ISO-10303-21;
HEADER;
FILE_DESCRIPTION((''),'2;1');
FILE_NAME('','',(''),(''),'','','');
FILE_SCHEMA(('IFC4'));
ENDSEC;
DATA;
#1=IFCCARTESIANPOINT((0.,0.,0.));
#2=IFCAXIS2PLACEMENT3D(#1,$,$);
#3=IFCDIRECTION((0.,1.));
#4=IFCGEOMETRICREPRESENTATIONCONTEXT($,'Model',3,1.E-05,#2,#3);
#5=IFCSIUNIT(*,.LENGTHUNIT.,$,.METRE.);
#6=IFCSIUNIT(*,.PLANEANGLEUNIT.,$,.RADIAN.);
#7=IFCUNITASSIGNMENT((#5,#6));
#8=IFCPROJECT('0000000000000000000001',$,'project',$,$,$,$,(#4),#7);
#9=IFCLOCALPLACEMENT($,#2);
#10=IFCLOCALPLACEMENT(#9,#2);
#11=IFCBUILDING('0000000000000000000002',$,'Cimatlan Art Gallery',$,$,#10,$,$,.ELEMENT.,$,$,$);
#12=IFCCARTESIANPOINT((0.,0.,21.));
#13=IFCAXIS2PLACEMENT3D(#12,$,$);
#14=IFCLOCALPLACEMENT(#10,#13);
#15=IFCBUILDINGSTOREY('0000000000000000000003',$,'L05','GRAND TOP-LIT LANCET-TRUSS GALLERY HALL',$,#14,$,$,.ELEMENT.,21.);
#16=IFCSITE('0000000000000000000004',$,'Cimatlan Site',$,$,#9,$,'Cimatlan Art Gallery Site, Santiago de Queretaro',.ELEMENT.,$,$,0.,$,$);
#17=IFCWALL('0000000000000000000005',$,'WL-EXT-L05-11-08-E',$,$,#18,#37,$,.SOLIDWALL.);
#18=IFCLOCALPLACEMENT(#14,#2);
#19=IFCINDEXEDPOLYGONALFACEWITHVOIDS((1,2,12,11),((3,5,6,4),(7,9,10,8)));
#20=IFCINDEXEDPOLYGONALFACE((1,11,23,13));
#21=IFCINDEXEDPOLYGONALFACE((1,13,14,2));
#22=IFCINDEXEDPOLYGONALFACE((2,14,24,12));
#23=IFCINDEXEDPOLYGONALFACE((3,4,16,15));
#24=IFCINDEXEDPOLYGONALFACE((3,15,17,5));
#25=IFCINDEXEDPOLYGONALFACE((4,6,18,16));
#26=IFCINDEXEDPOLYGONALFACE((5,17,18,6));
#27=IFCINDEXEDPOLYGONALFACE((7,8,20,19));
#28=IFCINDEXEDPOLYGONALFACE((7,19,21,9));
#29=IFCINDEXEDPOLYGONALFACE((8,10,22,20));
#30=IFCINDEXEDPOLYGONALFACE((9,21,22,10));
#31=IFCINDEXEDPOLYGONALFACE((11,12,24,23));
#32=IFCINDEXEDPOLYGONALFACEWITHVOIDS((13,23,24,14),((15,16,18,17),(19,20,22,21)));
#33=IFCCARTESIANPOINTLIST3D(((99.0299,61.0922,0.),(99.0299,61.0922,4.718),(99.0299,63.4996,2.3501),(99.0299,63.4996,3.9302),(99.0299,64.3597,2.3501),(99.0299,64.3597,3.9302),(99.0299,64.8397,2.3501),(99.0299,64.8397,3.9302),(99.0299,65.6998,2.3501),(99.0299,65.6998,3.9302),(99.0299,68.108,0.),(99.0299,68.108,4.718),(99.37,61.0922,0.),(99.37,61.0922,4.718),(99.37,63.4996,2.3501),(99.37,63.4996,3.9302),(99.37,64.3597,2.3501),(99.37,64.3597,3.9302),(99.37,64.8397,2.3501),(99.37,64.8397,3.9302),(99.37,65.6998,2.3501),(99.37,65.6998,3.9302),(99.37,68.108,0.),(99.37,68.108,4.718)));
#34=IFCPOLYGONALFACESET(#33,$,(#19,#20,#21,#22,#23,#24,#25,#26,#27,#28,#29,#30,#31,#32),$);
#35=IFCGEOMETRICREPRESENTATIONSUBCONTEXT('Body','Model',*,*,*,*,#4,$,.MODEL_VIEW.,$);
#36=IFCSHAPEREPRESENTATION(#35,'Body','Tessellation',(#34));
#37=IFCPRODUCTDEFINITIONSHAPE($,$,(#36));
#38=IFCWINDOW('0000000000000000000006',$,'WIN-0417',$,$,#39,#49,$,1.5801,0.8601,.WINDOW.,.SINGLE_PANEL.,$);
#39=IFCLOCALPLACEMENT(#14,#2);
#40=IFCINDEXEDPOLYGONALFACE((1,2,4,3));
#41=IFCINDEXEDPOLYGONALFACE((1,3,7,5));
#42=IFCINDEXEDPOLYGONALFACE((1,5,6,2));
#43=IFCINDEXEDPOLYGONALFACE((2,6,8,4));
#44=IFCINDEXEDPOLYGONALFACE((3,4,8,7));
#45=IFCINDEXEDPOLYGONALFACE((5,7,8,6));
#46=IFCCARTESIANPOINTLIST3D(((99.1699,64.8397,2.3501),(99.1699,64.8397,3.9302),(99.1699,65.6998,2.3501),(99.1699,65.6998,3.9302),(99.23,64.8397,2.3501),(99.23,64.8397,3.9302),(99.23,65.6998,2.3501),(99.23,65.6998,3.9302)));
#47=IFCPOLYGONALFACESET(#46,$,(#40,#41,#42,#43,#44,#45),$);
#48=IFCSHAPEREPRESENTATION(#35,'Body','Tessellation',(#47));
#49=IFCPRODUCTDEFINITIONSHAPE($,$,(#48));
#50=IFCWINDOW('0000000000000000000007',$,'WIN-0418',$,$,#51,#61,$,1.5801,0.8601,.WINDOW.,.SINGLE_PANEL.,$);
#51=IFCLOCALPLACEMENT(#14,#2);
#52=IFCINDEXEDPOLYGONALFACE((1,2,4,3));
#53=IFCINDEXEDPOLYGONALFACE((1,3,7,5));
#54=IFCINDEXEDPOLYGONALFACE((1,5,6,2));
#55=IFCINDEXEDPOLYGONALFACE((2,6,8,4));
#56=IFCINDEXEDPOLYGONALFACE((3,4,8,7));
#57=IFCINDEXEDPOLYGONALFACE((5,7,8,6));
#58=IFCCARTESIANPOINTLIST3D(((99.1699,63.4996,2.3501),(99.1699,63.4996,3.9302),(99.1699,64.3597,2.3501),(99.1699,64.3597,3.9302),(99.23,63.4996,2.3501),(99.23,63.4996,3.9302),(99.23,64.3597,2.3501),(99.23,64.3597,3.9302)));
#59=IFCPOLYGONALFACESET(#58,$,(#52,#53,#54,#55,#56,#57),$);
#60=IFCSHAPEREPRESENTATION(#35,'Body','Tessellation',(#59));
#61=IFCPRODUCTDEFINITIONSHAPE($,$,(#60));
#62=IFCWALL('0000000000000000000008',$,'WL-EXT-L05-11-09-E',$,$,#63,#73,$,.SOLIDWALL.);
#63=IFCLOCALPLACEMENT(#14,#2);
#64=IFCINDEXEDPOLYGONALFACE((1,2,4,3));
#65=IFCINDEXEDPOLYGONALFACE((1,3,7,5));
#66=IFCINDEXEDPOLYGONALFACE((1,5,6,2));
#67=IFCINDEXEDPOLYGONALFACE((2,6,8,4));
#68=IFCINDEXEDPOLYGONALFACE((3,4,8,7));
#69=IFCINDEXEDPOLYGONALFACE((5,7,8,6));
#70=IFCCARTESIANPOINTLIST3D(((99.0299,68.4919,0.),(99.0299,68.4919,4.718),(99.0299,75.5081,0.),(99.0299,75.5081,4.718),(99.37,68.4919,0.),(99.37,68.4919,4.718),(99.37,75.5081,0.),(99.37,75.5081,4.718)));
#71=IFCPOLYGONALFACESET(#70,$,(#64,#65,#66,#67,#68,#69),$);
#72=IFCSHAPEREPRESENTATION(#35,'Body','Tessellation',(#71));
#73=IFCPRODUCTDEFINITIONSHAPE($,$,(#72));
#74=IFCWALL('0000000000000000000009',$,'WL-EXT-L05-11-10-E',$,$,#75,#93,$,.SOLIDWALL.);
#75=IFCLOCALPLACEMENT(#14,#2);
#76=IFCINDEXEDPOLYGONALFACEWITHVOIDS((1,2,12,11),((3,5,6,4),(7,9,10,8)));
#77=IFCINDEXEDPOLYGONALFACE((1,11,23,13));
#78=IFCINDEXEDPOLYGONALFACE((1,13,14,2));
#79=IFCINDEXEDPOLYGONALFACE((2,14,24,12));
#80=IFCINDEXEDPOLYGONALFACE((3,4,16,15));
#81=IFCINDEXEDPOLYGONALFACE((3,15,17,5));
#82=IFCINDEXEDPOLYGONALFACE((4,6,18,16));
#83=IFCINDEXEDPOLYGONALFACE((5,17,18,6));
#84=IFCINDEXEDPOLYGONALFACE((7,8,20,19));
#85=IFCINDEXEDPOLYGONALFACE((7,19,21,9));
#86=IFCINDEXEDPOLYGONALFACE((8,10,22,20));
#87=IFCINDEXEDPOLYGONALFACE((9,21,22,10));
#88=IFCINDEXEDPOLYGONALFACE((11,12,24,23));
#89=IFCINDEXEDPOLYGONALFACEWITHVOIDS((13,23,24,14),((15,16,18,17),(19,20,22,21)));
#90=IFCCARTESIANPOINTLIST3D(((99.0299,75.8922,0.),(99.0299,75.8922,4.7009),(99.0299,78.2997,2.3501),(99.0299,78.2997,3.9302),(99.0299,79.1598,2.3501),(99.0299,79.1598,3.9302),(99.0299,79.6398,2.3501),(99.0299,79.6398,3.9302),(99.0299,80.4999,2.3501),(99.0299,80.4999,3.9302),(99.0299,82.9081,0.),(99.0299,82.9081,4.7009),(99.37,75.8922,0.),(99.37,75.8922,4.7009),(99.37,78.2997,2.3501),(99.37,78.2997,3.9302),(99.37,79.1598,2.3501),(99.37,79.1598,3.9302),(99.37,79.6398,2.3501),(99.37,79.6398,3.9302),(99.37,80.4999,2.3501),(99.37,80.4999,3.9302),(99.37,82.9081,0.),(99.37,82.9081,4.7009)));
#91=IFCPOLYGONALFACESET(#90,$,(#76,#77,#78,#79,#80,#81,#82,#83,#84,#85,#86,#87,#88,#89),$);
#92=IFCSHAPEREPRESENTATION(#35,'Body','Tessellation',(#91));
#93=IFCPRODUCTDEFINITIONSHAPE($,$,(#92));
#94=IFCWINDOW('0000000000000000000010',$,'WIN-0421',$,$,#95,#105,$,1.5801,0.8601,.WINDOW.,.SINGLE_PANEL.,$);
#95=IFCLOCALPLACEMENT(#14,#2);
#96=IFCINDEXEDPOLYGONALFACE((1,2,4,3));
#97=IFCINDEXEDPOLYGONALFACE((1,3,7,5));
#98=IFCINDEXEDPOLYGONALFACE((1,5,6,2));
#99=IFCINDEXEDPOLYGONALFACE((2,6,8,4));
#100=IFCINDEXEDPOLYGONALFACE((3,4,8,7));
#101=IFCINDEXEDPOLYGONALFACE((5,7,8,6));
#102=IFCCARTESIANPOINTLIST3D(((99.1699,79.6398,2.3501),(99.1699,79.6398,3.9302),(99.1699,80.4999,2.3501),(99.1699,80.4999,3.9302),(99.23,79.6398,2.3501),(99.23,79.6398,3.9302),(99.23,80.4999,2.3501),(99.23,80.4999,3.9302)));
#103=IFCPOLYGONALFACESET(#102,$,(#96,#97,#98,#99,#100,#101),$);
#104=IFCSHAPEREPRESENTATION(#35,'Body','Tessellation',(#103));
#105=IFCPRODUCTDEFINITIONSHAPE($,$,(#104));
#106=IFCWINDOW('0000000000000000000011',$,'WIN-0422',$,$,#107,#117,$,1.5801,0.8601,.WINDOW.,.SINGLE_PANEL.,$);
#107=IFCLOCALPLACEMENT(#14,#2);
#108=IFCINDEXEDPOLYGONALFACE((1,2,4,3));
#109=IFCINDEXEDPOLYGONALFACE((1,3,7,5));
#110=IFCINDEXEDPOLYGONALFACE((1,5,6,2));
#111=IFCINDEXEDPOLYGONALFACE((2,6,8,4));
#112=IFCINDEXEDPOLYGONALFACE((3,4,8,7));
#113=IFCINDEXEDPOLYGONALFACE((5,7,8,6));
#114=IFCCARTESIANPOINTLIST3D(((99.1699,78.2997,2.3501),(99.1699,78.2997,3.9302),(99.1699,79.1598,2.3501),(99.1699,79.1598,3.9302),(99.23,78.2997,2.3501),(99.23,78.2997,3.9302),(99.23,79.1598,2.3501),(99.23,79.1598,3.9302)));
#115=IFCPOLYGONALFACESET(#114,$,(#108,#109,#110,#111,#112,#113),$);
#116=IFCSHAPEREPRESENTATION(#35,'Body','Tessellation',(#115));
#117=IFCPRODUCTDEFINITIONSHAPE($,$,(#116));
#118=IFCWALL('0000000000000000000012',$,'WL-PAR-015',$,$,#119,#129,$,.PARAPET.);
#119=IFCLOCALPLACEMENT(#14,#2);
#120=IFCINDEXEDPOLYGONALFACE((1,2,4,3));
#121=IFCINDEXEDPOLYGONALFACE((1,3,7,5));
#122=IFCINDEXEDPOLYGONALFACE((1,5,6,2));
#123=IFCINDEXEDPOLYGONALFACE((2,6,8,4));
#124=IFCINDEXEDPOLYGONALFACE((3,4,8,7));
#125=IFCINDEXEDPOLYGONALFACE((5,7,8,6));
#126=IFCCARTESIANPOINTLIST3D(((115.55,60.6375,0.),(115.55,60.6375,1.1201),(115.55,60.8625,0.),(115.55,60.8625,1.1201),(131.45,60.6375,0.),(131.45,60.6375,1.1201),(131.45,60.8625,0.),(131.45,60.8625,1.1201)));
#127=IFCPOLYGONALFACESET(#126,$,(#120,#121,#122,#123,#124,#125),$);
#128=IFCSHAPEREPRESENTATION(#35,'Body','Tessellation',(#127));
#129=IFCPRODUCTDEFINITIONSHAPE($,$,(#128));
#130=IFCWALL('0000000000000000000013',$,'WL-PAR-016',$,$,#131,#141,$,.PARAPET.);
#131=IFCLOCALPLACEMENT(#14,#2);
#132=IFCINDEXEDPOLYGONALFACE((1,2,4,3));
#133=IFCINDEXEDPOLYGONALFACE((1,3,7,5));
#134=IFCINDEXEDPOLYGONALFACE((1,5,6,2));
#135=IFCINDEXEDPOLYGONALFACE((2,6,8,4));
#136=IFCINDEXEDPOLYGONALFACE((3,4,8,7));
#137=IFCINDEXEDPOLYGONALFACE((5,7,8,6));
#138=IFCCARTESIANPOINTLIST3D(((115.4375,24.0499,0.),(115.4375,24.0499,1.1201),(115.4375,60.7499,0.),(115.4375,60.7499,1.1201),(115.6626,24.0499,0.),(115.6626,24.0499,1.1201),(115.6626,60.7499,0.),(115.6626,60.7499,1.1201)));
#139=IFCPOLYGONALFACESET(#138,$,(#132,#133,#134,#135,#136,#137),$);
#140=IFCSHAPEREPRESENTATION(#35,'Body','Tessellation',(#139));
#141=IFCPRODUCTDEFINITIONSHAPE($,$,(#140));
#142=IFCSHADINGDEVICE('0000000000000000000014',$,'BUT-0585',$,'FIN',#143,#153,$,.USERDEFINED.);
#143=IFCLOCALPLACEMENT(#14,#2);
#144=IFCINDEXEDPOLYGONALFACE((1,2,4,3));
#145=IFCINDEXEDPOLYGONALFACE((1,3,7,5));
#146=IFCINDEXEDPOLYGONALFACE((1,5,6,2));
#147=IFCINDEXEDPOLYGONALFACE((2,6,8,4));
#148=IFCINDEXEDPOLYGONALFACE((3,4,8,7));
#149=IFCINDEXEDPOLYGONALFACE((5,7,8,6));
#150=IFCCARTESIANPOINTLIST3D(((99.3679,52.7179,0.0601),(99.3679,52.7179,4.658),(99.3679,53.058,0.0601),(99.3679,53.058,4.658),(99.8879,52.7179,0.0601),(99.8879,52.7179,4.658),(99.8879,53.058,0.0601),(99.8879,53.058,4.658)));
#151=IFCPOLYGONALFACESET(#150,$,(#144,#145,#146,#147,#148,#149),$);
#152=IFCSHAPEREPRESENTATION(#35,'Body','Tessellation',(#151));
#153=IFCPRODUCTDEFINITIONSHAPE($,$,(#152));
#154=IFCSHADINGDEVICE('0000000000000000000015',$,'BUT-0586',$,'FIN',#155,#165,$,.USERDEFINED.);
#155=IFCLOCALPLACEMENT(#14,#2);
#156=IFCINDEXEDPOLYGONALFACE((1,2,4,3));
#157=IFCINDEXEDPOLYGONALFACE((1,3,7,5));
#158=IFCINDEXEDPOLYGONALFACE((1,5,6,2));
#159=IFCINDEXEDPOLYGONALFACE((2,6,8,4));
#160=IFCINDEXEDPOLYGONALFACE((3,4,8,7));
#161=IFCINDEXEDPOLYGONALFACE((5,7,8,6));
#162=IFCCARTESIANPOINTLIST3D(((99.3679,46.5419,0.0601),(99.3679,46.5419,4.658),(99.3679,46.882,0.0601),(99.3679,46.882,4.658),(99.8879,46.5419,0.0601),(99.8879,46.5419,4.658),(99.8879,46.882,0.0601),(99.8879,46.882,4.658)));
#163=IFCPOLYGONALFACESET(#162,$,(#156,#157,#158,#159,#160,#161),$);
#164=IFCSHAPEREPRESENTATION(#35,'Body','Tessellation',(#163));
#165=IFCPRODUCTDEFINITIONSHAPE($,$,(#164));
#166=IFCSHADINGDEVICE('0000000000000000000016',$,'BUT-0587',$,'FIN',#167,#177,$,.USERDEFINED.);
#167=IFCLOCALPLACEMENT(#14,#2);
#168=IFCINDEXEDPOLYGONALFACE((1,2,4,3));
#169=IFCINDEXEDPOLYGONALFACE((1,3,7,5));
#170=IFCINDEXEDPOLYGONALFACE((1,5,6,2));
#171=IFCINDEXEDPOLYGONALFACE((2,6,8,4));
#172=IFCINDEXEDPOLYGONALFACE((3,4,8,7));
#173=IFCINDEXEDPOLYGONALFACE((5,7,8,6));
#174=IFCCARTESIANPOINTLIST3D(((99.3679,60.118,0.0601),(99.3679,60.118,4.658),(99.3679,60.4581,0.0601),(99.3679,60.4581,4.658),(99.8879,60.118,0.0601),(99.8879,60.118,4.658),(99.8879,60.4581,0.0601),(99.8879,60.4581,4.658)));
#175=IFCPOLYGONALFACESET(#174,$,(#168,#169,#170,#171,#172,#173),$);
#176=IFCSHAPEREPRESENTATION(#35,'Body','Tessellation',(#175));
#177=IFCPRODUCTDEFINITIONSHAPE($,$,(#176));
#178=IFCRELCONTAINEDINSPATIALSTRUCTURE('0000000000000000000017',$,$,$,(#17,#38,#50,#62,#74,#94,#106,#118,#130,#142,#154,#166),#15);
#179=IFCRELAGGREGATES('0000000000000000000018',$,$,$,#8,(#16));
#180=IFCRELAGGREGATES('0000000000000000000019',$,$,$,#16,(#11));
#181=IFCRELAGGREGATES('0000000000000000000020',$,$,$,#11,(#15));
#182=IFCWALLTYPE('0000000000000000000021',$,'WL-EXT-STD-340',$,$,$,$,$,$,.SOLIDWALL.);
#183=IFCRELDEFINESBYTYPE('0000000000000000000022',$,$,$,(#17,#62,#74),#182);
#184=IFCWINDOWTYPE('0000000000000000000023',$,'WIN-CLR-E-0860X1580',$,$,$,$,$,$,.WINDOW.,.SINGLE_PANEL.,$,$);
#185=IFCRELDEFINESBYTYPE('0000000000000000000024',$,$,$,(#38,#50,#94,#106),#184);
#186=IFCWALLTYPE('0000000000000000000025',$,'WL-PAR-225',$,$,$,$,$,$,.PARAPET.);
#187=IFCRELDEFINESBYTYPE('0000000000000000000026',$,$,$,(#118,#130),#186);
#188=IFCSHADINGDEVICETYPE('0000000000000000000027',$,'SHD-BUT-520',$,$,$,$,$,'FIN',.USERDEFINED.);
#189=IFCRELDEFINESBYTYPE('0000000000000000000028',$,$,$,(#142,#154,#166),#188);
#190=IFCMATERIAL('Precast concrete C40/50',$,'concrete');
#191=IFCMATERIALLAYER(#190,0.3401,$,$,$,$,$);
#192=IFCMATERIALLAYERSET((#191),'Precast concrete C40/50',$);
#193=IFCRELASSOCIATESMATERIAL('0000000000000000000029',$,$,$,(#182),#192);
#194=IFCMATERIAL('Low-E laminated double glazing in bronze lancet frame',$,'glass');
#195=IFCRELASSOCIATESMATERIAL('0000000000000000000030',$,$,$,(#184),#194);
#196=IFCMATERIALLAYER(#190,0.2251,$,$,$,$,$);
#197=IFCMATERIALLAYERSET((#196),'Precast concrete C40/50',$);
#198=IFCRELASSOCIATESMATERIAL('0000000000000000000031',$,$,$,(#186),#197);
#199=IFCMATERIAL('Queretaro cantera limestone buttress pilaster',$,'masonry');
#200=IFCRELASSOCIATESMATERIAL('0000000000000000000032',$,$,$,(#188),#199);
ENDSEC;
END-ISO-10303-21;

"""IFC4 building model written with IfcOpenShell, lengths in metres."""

from ifc_helpers import new_model, si_unit, direction, frame, frame_2d, origin, origin_2d, place, context, subcontext, project, spatial, rectangle, extrude, material, layer, layer_set, type_object, element, fill, save


model = new_model("IFC4")

# Units and contexts
model_context = context("Model", 3, precision=1e-05, world=origin(), true_north=direction((0.0, 1.0)))
body_context = subcontext(model_context, "Body", "Model", "MODEL_VIEW")
ifc_project = project(units=[si_unit("LENGTHUNIT", "METRE"), si_unit("PLANEANGLEUNIT", "RADIAN")], contexts=[model_context])

# Site, building, storey
site_placement = place(None, origin())
site = spatial("IfcSite", under=ifc_project, at=site_placement, Name="Cimatlan Site", LongName="Cimatlan Art Gallery Site, Santiago de Queretaro", CompositionType="ELEMENT", RefElevation=0.0)
building_placement = place(site_placement, origin())
building = spatial("IfcBuilding", under=site, at=building_placement, Name="Cimatlan Art Gallery", CompositionType="ELEMENT")
storey_placement = place(building_placement, frame((0.0, 0.0, 21.0)))
storey = spatial("IfcBuildingStorey", under=building, at=storey_placement, Name="L05", Description="GRAND TOP-LIT LANCET-TRUSS GALLERY HALL", CompositionType="ELEMENT", Elevation=21.0)

# Wall, openings, windows
ifc_material_1 = material(Name="Precast concrete C40/50", Category="concrete")
ifc_layer_1 = layer(ifc_material_1, 0.3401)
ifc_layer_set_1 = layer_set([ifc_layer_1], Name="Precast concrete C40/50")
wall_type_1 = type_object("IfcWallType", Name="WL-EXT-STD-340", PredefinedType="SOLIDWALL", material=ifc_layer_set_1)
wall_1_placement = place(storey_placement, frame((99.2, 68.1079, 0.0), z_axis=(0.0, 0.0, 1.0), x_axis=(0.0, -1.0, 0.0)))
wall_1 = element("IfcWall", 1, at=wall_1_placement, inside=storey, type_object=wall_type_1, Name="WL-EXT-L05-11-08-E", PredefinedType="SOLIDWALL", context=body_context, shape_type="SweptSolid", body=[
    extrude(rectangle(XDim=7.0159, YDim=0.3401, at=frame_2d((3.5078, 0.0))), origin(), (0.0, 0.0, 1.0), 4.718),
])
opening_1_placement = place(wall_1_placement, frame((2.408, 0.0, 2.3501)))
opening_1 = element("IfcOpeningElement", 2, at=opening_1_placement, cuts=wall_1, PredefinedType="OPENING", context=body_context, shape_type="SweptSolid", body=[
    extrude(rectangle(XDim=0.8601, YDim=1.5801, at=frame_2d((0.4302, 0.79))), frame((0.0, 0.1802, 0.0), z_axis=(0.0, -1.0, 0.0), x_axis=(1.0, 0.0, 0.0)), (0.0, 0.0, 1.0), 0.3601),
])
opening_2_placement = place(wall_1_placement, frame((3.748, 0.0, 2.3501)))
opening_2 = element("IfcOpeningElement", 3, at=opening_2_placement, cuts=wall_1, PredefinedType="OPENING", context=body_context, shape_type="SweptSolid", body=[
    extrude(rectangle(XDim=0.8601, YDim=1.5801, at=frame_2d((0.4302, 0.79))), frame((0.0, 0.1802, 0.0), z_axis=(0.0, -1.0, 0.0), x_axis=(1.0, 0.0, 0.0)), (0.0, 0.0, 1.0), 0.3601),
])
ifc_material_2 = material(Name="Low-E laminated double glazing in bronze lancet frame", Category="glass")
window_type = type_object("IfcWindowType", Name="WIN-CLR-E-0860X1580", PartitioningType="SINGLE_PANEL", PredefinedType="WINDOW", material=ifc_material_2)
window_1_placement = place(opening_1_placement, origin())
window_1 = element("IfcWindow", 4, at=window_1_placement, inside=storey, type_object=window_type, Name="WIN-0417", OverallHeight=1.5801, OverallWidth=0.8601, PartitioningType="SINGLE_PANEL", PredefinedType="WINDOW", context=body_context, shape_type="SweptSolid", body=[
    extrude(rectangle(XDim=0.8601, YDim=1.5801, at=frame_2d((0.4302, 0.79))), frame((0.0, 0.03, 0.0), z_axis=(0.0, -1.0, 0.0), x_axis=(1.0, 0.0, 0.0)), (0.0, 0.0, 1.0), 0.0601),
])
fill(opening_1, window_1)
window_2_placement = place(opening_2_placement, origin())
window_2 = element("IfcWindow", 5, at=window_2_placement, inside=storey, type_object=window_type, Name="WIN-0418", OverallHeight=1.5801, OverallWidth=0.8601, PartitioningType="SINGLE_PANEL", PredefinedType="WINDOW", context=body_context, shape_type="SweptSolid", body=[
    extrude(rectangle(XDim=0.8601, YDim=1.5801, at=frame_2d((0.4302, 0.79))), frame((0.0, 0.03, 0.0), z_axis=(0.0, -1.0, 0.0), x_axis=(1.0, 0.0, 0.0)), (0.0, 0.0, 1.0), 0.0601),
])
fill(opening_2, window_2)

# Wall
wall_2_placement = place(storey_placement, frame((99.2, 75.5081, 0.0), z_axis=(0.0, 0.0, 1.0), x_axis=(0.0, -1.0, 0.0)))
element("IfcWall", 6, at=wall_2_placement, inside=storey, type_object=wall_type_1, Name="WL-EXT-L05-11-09-E", PredefinedType="SOLIDWALL", context=body_context, shape_type="SweptSolid", body=[
    extrude(rectangle(XDim=7.0161, YDim=0.3401, at=frame_2d((3.5081, 0.0))), origin(), (0.0, 0.0, 1.0), 4.718),
])

# Wall, openings, windows
wall_3_placement = place(storey_placement, frame((99.2, 82.908, 0.0), z_axis=(0.0, 0.0, 1.0), x_axis=(0.0, -1.0, 0.0)))
wall_3 = element("IfcWall", 7, at=wall_3_placement, inside=storey, type_object=wall_type_1, Name="WL-EXT-L05-11-10-E", PredefinedType="SOLIDWALL", context=body_context, shape_type="SweptSolid", body=[
    extrude(rectangle(XDim=7.0159, YDim=0.3401, at=frame_2d((3.5078, 0.0))), origin(), (0.0, 0.0, 1.0), 4.7009),
])
opening_3_placement = place(wall_3_placement, frame((2.408, 0.0, 2.3501)))
opening_3 = element("IfcOpeningElement", 8, at=opening_3_placement, cuts=wall_3, PredefinedType="OPENING", context=body_context, shape_type="SweptSolid", body=[
    extrude(rectangle(XDim=0.8601, YDim=1.5801, at=frame_2d((0.4302, 0.79))), frame((0.0, 0.1802, 0.0), z_axis=(0.0, -1.0, 0.0), x_axis=(1.0, 0.0, 0.0)), (0.0, 0.0, 1.0), 0.3601),
])
opening_4_placement = place(wall_3_placement, frame((3.748, 0.0, 2.3501)))
opening_4 = element("IfcOpeningElement", 9, at=opening_4_placement, cuts=wall_3, PredefinedType="OPENING", context=body_context, shape_type="SweptSolid", body=[
    extrude(rectangle(XDim=0.8601, YDim=1.5801, at=frame_2d((0.4302, 0.79))), frame((0.0, 0.1802, 0.0), z_axis=(0.0, -1.0, 0.0), x_axis=(1.0, 0.0, 0.0)), (0.0, 0.0, 1.0), 0.3601),
])
window_3_placement = place(opening_3_placement, origin())
window_3 = element("IfcWindow", 10, at=window_3_placement, inside=storey, type_object=window_type, Name="WIN-0421", OverallHeight=1.5801, OverallWidth=0.8601, PartitioningType="SINGLE_PANEL", PredefinedType="WINDOW", context=body_context, shape_type="SweptSolid", body=[
    extrude(rectangle(XDim=0.8601, YDim=1.5801, at=frame_2d((0.4302, 0.79))), frame((0.0, 0.03, 0.0), z_axis=(0.0, -1.0, 0.0), x_axis=(1.0, 0.0, 0.0)), (0.0, 0.0, 1.0), 0.0601),
])
fill(opening_3, window_3)
window_4_placement = place(opening_4_placement, origin())
window_4 = element("IfcWindow", 11, at=window_4_placement, inside=storey, type_object=window_type, Name="WIN-0422", OverallHeight=1.5801, OverallWidth=0.8601, PartitioningType="SINGLE_PANEL", PredefinedType="WINDOW", context=body_context, shape_type="SweptSolid", body=[
    extrude(rectangle(XDim=0.8601, YDim=1.5801, at=frame_2d((0.4302, 0.79))), frame((0.0, 0.03, 0.0), z_axis=(0.0, -1.0, 0.0), x_axis=(1.0, 0.0, 0.0)), (0.0, 0.0, 1.0), 0.0601),
])
fill(opening_4, window_4)

# Walls
ifc_layer_2 = layer(ifc_material_1, 0.2251)
ifc_layer_set_2 = layer_set([ifc_layer_2], Name="Precast concrete C40/50")
wall_type_2 = type_object("IfcWallType", Name="WL-PAR-225", PredefinedType="PARAPET", material=ifc_layer_set_2)
wall_4_placement = place(storey_placement, frame((131.45, 60.75, 0.0), z_axis=(0.0, 0.0, 1.0), x_axis=(-1.0, 0.0, 0.0)))
element("IfcWall", 12, at=wall_4_placement, inside=storey, type_object=wall_type_2, Name="WL-PAR-015", PredefinedType="PARAPET", context=body_context, shape_type="SweptSolid", body=[
    extrude(rectangle(XDim=15.8999, YDim=0.2251, at=frame_2d((7.95, 0.0))), origin(), (0.0, 0.0, 1.0), 1.1201),
])
wall_5_placement = place(storey_placement, frame((115.55, 60.75, 0.0), z_axis=(0.0, 0.0, 1.0), x_axis=(0.0, -1.0, 0.0)))
element("IfcWall", 13, at=wall_5_placement, inside=storey, type_object=wall_type_2, Name="WL-PAR-016", PredefinedType="PARAPET", context=body_context, shape_type="SweptSolid", body=[
    extrude(rectangle(XDim=36.7, YDim=0.2251, at=frame_2d((18.3501, 0.0))), origin(), (0.0, 0.0, 1.0), 1.1201),
])

# Shading devices
ifc_material_3 = material(Name="Queretaro cantera limestone buttress pilaster", Category="masonry")
shading_device_type = type_object("IfcShadingDeviceType", Name="SHD-BUT-520", ElementType="FIN", PredefinedType="USERDEFINED", material=ifc_material_3)
for number, where, z_axis, x_axis, name in (
    (14, (99.6279, 52.8879, 0.0601), (0.0, 0.0, 1.0), (0.0, -1.0, 0.0), "BUT-0585"),
    (15, (99.6279, 46.7119, 0.0601), (0.0, 0.0, 1.0), (0.0, -1.0, 0.0), "BUT-0586"),
    (16, (99.6279, 60.2881, 0.0601), (0.0, 0.0, 1.0), (0.0, -1.0, 0.0), "BUT-0587"),
):
    element("IfcShadingDevice", number, at=place(storey_placement, frame(where, z_axis=z_axis, x_axis=x_axis)), inside=storey, type_object=shading_device_type, Name=name, ObjectType="FIN", PredefinedType="USERDEFINED", context=body_context, shape_type="SweptSolid", body=[
        extrude(rectangle(XDim=0.3401, YDim=0.52, at=origin_2d()), origin(), (0.0, 0.0, 1.0), 4.5979),
    ])

save(model, "model.ifc")
